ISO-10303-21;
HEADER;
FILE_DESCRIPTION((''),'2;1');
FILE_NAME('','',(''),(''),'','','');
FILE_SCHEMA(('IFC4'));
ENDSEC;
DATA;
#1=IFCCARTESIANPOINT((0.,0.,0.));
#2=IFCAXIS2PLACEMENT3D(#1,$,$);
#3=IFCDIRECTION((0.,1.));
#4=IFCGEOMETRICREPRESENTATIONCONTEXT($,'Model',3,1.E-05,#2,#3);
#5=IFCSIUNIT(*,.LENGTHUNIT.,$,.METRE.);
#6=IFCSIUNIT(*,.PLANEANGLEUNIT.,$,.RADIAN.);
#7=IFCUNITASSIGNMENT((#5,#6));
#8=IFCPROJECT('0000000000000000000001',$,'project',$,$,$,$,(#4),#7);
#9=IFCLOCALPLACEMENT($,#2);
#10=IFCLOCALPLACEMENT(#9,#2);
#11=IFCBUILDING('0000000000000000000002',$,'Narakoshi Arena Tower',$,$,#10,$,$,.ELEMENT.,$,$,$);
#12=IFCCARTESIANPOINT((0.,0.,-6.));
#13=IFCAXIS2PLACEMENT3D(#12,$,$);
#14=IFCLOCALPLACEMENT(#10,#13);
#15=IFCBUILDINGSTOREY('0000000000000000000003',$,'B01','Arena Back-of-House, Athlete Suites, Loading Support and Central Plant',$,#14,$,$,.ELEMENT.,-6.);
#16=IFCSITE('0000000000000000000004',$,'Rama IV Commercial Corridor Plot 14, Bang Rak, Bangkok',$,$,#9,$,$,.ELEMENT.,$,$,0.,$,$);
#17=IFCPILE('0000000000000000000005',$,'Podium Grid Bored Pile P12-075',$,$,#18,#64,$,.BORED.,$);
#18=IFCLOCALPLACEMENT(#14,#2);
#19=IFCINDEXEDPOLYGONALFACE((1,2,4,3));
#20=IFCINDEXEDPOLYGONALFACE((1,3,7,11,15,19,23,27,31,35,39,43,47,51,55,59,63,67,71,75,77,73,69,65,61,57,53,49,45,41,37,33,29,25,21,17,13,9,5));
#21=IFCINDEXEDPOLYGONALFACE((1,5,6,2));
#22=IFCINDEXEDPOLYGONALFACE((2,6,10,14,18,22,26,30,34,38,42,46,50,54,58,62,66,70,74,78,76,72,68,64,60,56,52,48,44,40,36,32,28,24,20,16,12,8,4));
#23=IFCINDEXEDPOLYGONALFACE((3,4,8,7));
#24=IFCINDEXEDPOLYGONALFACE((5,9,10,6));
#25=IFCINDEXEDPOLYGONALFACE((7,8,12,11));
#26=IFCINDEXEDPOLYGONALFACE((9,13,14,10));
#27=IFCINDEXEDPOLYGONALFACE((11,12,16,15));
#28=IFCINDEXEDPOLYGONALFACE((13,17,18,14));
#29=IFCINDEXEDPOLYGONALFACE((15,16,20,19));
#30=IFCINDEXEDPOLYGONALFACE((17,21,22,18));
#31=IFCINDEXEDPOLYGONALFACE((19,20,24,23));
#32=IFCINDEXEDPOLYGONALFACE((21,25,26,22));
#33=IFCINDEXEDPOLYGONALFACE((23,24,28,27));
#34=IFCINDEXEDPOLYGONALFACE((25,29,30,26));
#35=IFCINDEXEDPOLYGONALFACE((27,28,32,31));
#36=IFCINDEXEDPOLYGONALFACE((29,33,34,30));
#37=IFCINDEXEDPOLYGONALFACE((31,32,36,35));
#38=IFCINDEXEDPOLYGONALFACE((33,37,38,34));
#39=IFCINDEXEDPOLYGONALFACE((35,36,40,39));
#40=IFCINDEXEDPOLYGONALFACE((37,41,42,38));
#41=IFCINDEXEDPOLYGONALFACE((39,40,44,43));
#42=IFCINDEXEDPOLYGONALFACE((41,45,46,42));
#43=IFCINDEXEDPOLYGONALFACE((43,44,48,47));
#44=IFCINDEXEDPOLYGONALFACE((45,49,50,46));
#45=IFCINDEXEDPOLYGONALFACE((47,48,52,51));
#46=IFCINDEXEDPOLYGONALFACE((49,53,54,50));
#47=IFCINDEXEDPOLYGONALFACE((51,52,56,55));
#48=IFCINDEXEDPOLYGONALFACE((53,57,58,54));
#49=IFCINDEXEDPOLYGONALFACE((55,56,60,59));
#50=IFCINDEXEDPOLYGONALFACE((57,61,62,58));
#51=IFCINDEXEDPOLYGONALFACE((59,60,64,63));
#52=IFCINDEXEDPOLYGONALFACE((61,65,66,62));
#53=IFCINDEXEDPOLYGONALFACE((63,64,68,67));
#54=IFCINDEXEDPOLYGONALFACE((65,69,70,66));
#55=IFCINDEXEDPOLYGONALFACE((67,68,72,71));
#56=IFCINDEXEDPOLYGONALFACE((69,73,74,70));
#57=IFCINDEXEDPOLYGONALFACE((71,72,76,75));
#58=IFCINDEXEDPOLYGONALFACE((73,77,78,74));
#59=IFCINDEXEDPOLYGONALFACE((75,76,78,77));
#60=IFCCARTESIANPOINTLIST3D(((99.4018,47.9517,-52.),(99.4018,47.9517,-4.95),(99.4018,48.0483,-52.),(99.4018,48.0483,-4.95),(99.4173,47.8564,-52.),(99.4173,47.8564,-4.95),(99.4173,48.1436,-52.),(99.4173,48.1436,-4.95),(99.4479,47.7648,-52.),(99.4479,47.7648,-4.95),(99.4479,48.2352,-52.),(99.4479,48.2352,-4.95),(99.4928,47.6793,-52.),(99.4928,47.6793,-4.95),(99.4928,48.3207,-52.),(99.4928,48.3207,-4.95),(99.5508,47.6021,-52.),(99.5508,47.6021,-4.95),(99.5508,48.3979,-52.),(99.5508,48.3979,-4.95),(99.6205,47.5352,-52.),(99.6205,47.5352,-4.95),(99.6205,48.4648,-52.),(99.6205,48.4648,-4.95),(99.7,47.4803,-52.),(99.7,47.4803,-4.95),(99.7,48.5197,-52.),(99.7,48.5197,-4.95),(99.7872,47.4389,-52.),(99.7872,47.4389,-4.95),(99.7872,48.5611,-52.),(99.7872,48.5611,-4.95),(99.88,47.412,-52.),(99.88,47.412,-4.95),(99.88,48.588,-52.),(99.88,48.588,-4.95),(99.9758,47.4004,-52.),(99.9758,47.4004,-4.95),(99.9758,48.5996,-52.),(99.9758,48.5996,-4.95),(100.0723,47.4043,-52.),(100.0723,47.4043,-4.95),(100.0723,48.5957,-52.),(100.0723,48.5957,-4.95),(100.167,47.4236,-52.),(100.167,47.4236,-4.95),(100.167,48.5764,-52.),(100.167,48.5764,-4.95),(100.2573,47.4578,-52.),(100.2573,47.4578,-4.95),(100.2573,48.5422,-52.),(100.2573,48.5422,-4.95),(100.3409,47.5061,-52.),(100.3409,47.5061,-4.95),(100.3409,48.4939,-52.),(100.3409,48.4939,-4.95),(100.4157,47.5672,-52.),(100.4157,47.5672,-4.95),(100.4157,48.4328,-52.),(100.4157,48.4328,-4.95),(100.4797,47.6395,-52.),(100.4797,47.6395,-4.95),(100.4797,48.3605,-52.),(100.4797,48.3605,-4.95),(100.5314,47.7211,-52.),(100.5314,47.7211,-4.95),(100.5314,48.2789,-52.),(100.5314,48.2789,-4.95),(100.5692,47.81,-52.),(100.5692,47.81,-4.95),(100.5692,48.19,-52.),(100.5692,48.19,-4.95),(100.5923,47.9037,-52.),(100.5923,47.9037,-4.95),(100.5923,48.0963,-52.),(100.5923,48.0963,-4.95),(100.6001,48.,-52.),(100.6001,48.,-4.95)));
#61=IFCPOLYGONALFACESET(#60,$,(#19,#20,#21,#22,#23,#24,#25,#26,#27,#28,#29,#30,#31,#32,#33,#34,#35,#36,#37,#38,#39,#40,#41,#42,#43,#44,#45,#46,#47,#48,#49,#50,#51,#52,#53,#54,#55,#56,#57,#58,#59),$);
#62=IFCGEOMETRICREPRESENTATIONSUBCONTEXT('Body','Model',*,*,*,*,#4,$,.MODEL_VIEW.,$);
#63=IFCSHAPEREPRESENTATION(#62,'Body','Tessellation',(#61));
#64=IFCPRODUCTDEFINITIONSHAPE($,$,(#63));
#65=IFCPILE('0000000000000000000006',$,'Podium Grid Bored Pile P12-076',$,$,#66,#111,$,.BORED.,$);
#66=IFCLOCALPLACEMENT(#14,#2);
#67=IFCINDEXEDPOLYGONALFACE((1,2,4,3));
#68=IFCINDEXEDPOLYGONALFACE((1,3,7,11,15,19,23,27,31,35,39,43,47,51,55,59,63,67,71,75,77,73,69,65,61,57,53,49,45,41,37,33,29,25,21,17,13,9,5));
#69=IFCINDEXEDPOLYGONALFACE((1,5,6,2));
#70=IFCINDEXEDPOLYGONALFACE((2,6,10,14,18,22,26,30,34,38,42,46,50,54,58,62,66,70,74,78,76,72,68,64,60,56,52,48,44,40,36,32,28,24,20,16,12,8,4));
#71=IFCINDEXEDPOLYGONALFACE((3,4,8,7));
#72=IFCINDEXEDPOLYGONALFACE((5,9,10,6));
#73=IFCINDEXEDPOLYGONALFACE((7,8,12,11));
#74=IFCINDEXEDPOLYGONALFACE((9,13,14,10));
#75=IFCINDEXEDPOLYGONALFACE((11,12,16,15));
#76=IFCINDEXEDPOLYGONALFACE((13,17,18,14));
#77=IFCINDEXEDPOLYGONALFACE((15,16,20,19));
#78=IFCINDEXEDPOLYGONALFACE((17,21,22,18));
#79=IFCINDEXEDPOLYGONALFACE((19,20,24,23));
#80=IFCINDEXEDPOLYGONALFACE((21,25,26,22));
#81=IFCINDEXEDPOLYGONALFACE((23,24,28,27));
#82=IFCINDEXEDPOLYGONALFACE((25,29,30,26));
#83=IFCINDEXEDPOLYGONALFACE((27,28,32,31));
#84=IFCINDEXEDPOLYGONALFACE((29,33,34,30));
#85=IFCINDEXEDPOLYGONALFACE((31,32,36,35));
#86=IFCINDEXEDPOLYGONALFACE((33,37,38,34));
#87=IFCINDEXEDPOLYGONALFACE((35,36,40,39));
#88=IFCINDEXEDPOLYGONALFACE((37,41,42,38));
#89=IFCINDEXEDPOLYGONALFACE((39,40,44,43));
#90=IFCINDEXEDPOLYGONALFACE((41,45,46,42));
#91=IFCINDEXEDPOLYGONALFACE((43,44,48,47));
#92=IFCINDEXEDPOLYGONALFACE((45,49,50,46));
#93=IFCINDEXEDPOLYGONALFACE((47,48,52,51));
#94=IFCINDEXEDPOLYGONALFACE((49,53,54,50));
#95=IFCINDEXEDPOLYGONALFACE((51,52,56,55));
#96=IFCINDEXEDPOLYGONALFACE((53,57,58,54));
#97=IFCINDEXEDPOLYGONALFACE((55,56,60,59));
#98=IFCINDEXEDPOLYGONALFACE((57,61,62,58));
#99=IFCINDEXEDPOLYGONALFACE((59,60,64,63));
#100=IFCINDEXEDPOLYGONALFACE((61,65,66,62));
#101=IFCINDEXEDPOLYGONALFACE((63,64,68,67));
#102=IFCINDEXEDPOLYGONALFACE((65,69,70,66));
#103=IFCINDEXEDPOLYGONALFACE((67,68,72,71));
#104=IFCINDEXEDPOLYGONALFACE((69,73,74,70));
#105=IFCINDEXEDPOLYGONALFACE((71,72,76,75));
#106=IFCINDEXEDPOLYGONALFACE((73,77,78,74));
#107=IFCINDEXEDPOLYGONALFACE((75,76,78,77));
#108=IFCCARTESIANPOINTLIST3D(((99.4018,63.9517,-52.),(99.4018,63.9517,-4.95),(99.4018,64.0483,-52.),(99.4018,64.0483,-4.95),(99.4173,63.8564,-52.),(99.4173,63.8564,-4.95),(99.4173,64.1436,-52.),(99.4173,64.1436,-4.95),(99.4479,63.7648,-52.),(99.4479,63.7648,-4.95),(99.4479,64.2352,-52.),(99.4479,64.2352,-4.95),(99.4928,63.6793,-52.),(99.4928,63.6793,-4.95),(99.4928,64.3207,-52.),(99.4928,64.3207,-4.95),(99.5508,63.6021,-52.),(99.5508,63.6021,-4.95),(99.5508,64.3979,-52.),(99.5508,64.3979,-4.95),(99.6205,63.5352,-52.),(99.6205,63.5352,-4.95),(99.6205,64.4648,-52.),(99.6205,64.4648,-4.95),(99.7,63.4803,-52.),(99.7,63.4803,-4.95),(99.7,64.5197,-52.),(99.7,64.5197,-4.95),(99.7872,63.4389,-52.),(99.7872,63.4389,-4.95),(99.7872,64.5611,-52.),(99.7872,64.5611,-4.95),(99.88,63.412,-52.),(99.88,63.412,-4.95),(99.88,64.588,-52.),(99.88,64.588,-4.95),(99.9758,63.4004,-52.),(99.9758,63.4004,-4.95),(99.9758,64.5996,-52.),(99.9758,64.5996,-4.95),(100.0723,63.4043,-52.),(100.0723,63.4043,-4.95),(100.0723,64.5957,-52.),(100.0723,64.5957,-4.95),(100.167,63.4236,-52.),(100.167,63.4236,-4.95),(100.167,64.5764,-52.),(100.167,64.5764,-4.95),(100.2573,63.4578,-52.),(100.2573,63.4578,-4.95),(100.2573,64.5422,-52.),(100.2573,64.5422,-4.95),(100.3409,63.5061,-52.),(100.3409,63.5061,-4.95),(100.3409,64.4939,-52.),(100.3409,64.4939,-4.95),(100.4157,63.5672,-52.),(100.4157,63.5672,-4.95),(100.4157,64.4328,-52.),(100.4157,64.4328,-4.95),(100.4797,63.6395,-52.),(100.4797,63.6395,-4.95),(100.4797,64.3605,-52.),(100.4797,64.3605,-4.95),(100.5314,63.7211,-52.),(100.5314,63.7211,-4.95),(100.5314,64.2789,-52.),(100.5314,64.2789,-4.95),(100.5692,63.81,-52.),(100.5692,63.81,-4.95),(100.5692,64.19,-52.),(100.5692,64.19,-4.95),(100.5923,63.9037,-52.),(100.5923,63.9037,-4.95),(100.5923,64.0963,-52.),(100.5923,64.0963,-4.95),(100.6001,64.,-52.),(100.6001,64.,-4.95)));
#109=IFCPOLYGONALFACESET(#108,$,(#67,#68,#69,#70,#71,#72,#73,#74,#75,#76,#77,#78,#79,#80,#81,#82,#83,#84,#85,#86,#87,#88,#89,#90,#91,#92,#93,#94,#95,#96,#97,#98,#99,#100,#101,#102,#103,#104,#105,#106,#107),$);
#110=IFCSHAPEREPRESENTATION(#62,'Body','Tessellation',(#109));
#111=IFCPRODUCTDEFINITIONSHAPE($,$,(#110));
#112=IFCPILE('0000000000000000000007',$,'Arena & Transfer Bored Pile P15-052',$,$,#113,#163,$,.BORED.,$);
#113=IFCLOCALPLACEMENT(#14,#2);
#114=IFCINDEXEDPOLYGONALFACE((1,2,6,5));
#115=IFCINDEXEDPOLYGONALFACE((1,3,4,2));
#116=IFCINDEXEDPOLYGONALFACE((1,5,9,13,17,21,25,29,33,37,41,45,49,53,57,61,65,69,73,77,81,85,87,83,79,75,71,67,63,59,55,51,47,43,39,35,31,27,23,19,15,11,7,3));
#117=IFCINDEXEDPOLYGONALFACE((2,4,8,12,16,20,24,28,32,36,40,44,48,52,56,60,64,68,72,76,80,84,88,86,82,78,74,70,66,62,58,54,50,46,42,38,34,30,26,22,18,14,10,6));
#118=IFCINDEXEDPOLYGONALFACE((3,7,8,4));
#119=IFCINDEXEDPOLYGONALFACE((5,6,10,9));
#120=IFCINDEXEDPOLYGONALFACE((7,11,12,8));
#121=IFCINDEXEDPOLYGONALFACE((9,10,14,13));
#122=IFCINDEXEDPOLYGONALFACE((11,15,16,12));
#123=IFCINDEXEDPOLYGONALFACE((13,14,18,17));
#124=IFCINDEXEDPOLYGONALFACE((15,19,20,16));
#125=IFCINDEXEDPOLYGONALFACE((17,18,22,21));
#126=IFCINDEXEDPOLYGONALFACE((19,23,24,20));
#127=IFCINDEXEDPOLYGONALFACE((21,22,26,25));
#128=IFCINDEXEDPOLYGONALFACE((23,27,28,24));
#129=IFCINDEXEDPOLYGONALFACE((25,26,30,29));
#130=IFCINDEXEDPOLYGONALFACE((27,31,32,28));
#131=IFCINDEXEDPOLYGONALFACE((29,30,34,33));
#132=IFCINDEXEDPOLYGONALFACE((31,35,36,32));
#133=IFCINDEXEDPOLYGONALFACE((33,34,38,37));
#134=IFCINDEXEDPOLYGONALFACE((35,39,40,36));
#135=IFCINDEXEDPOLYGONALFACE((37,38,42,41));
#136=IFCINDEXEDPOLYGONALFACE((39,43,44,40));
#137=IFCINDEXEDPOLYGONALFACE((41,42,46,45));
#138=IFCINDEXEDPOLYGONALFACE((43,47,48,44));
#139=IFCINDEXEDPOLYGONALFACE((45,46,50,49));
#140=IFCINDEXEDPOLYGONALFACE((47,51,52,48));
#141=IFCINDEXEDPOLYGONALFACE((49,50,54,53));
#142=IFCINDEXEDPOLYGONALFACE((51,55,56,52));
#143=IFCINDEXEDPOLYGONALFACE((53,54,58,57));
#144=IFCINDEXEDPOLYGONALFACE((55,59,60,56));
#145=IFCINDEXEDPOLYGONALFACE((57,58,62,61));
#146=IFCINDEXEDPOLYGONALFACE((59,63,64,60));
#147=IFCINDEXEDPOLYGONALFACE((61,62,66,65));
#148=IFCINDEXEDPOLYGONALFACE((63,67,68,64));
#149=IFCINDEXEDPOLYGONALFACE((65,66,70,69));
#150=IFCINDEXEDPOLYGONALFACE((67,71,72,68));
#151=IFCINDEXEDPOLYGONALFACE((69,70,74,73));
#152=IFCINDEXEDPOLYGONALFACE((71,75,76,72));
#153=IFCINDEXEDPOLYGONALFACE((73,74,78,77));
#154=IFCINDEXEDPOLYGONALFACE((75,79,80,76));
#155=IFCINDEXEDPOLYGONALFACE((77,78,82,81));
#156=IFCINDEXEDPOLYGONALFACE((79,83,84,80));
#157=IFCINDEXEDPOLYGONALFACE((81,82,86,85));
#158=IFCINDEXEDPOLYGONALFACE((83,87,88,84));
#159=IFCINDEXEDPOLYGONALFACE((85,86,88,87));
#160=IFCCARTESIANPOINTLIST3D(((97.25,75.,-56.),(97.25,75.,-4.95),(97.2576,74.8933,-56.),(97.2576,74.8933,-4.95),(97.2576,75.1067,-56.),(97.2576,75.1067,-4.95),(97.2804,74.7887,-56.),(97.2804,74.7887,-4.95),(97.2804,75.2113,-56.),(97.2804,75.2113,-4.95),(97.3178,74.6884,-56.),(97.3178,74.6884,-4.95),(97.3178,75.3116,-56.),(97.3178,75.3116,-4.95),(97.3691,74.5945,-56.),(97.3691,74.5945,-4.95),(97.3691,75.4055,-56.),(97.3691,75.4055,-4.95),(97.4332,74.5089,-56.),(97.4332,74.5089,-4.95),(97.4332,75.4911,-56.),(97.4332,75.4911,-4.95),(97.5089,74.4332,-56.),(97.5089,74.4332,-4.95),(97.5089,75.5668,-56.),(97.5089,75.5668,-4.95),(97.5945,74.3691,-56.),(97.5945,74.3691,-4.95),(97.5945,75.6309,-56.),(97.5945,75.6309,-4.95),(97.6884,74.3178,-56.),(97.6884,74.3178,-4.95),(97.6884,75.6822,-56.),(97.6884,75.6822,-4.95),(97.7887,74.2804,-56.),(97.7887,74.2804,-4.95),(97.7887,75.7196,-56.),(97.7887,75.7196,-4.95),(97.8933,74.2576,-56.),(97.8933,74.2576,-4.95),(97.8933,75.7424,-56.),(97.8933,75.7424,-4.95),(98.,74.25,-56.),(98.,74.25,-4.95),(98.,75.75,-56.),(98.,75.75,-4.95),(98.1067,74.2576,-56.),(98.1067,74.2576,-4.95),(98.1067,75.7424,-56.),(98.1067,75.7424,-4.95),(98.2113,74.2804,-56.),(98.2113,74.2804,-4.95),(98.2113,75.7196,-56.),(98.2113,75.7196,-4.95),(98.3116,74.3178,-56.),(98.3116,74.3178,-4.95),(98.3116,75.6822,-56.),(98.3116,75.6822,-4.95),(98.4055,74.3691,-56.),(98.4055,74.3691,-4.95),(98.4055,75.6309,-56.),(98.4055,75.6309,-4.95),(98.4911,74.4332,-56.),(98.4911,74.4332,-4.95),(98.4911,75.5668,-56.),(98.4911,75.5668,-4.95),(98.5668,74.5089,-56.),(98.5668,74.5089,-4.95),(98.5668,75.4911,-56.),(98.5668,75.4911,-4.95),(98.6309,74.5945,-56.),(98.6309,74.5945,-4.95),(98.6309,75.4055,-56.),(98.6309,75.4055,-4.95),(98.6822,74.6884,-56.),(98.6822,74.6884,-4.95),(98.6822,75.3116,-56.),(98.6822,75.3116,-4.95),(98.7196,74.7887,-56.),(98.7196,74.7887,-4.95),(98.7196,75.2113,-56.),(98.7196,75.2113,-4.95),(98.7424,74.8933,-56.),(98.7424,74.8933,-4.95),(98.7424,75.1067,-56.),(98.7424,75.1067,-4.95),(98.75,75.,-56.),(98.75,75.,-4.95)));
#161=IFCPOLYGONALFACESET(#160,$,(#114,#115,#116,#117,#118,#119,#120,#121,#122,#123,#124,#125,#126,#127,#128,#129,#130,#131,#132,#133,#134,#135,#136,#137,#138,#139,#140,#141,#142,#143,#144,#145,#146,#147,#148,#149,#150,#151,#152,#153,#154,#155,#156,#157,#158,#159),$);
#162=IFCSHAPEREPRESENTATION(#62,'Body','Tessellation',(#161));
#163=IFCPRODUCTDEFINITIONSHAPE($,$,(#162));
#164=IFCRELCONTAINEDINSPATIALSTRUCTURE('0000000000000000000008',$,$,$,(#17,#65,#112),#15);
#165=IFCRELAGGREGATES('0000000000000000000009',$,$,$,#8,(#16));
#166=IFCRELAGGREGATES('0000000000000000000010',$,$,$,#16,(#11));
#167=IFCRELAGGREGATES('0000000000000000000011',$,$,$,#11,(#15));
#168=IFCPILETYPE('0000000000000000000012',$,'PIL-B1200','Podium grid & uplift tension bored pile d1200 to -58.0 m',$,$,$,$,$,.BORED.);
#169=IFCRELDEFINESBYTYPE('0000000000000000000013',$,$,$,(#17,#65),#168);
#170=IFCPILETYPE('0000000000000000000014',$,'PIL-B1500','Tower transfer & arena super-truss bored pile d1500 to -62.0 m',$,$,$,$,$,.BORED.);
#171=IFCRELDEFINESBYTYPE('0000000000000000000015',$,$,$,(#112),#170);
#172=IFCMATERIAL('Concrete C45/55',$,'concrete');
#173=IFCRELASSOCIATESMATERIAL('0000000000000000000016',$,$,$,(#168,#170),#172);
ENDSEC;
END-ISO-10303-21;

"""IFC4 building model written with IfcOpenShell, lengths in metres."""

from ifc_helpers import new_model, si_unit, direction, frame, origin, origin_2d, place, context, subcontext, project, spatial, circle, extrude, material, material_profile, profile_set, type_object, element, save


model = new_model("IFC4")

# Units and contexts
model_context = context("Model", 3, precision=1e-05, world=origin(), true_north=direction((0.0, 1.0)))
body_context = subcontext(model_context, "Body", "Model", "MODEL_VIEW")
ifc_project = project(units=[si_unit("LENGTHUNIT", "METRE"), si_unit("PLANEANGLEUNIT", "RADIAN")], contexts=[model_context])

# Site, building, storey
site_placement = place(None, origin())
site = spatial("IfcSite", under=ifc_project, at=site_placement, Name="Rama IV Commercial Corridor Plot 14, Bang Rak, Bangkok", CompositionType="ELEMENT", RefElevation=0.0)
building_placement = place(site_placement, origin())
building = spatial("IfcBuilding", under=site, at=building_placement, Name="Narakoshi Arena Tower", CompositionType="ELEMENT")
storey_placement = place(building_placement, frame((0.0, 0.0, -6.0)))
storey = spatial("IfcBuildingStorey", under=building, at=storey_placement, Name="B01", Description="Arena Back-of-House, Athlete Suites, Loading Support and Central Plant", CompositionType="ELEMENT", Elevation=-6.0)

# Piles
ifc_material_1 = material(Name="Concrete C45/55", Category="concrete")
ifc_material_profile_1 = material_profile(ifc_material_1, circle(Radius=0.6001, at=origin_2d()), Name="PILE-D1200")
ifc_profile_set_1 = profile_set([ifc_material_profile_1], Name="Concrete C45/55")
pile_type_1 = type_object("IfcPileType", Name="PIL-B1200", Description="Podium grid & uplift tension bored pile d1200 to -58.0 m", PredefinedType="BORED", material=ifc_profile_set_1)
for number, where, z_axis, x_axis, name in (
    (1, (100.0, 48.0, -4.95), (0.0, 0.0, -1.0), (1.0, 0.0, 0.0), "Podium Grid Bored Pile P12-075"),
    (2, (100.0, 64.0, -4.95), (0.0, 0.0, -1.0), (1.0, 0.0, 0.0), "Podium Grid Bored Pile P12-076"),
):
    element("IfcPile", number, at=place(storey_placement, frame(where, z_axis=z_axis, x_axis=x_axis)), inside=storey, type_object=pile_type_1, Name=name, PredefinedType="BORED", context=body_context, shape_type="SweptSolid", body=[
        extrude(circle(Radius=0.6001, at=origin_2d()), origin(), (0.0, 0.0, 1.0), 47.05),
    ])
ifc_material_profile_2 = material_profile(ifc_material_1, circle(Radius=0.75, at=origin_2d()), Name="PILE-D1500")
ifc_profile_set_2 = profile_set([ifc_material_profile_2], Name="Concrete C45/55")
pile_type_2 = type_object("IfcPileType", Name="PIL-B1500", Description="Tower transfer & arena super-truss bored pile d1500 to -62.0 m", PredefinedType="BORED", material=ifc_profile_set_2)
pile_1_placement = place(storey_placement, frame((98.0, 75.0, -4.95), z_axis=(0.0, 0.0, -1.0), x_axis=(1.0, 0.0, 0.0)))
element("IfcPile", 3, at=pile_1_placement, inside=storey, type_object=pile_type_2, Name="Arena & Transfer Bored Pile P15-052", PredefinedType="BORED", context=body_context, shape_type="SweptSolid", body=[
    extrude(circle(Radius=0.75, at=origin_2d()), origin(), (0.0, 0.0, 1.0), 51.05),
])

save(model, "model.ifc")
